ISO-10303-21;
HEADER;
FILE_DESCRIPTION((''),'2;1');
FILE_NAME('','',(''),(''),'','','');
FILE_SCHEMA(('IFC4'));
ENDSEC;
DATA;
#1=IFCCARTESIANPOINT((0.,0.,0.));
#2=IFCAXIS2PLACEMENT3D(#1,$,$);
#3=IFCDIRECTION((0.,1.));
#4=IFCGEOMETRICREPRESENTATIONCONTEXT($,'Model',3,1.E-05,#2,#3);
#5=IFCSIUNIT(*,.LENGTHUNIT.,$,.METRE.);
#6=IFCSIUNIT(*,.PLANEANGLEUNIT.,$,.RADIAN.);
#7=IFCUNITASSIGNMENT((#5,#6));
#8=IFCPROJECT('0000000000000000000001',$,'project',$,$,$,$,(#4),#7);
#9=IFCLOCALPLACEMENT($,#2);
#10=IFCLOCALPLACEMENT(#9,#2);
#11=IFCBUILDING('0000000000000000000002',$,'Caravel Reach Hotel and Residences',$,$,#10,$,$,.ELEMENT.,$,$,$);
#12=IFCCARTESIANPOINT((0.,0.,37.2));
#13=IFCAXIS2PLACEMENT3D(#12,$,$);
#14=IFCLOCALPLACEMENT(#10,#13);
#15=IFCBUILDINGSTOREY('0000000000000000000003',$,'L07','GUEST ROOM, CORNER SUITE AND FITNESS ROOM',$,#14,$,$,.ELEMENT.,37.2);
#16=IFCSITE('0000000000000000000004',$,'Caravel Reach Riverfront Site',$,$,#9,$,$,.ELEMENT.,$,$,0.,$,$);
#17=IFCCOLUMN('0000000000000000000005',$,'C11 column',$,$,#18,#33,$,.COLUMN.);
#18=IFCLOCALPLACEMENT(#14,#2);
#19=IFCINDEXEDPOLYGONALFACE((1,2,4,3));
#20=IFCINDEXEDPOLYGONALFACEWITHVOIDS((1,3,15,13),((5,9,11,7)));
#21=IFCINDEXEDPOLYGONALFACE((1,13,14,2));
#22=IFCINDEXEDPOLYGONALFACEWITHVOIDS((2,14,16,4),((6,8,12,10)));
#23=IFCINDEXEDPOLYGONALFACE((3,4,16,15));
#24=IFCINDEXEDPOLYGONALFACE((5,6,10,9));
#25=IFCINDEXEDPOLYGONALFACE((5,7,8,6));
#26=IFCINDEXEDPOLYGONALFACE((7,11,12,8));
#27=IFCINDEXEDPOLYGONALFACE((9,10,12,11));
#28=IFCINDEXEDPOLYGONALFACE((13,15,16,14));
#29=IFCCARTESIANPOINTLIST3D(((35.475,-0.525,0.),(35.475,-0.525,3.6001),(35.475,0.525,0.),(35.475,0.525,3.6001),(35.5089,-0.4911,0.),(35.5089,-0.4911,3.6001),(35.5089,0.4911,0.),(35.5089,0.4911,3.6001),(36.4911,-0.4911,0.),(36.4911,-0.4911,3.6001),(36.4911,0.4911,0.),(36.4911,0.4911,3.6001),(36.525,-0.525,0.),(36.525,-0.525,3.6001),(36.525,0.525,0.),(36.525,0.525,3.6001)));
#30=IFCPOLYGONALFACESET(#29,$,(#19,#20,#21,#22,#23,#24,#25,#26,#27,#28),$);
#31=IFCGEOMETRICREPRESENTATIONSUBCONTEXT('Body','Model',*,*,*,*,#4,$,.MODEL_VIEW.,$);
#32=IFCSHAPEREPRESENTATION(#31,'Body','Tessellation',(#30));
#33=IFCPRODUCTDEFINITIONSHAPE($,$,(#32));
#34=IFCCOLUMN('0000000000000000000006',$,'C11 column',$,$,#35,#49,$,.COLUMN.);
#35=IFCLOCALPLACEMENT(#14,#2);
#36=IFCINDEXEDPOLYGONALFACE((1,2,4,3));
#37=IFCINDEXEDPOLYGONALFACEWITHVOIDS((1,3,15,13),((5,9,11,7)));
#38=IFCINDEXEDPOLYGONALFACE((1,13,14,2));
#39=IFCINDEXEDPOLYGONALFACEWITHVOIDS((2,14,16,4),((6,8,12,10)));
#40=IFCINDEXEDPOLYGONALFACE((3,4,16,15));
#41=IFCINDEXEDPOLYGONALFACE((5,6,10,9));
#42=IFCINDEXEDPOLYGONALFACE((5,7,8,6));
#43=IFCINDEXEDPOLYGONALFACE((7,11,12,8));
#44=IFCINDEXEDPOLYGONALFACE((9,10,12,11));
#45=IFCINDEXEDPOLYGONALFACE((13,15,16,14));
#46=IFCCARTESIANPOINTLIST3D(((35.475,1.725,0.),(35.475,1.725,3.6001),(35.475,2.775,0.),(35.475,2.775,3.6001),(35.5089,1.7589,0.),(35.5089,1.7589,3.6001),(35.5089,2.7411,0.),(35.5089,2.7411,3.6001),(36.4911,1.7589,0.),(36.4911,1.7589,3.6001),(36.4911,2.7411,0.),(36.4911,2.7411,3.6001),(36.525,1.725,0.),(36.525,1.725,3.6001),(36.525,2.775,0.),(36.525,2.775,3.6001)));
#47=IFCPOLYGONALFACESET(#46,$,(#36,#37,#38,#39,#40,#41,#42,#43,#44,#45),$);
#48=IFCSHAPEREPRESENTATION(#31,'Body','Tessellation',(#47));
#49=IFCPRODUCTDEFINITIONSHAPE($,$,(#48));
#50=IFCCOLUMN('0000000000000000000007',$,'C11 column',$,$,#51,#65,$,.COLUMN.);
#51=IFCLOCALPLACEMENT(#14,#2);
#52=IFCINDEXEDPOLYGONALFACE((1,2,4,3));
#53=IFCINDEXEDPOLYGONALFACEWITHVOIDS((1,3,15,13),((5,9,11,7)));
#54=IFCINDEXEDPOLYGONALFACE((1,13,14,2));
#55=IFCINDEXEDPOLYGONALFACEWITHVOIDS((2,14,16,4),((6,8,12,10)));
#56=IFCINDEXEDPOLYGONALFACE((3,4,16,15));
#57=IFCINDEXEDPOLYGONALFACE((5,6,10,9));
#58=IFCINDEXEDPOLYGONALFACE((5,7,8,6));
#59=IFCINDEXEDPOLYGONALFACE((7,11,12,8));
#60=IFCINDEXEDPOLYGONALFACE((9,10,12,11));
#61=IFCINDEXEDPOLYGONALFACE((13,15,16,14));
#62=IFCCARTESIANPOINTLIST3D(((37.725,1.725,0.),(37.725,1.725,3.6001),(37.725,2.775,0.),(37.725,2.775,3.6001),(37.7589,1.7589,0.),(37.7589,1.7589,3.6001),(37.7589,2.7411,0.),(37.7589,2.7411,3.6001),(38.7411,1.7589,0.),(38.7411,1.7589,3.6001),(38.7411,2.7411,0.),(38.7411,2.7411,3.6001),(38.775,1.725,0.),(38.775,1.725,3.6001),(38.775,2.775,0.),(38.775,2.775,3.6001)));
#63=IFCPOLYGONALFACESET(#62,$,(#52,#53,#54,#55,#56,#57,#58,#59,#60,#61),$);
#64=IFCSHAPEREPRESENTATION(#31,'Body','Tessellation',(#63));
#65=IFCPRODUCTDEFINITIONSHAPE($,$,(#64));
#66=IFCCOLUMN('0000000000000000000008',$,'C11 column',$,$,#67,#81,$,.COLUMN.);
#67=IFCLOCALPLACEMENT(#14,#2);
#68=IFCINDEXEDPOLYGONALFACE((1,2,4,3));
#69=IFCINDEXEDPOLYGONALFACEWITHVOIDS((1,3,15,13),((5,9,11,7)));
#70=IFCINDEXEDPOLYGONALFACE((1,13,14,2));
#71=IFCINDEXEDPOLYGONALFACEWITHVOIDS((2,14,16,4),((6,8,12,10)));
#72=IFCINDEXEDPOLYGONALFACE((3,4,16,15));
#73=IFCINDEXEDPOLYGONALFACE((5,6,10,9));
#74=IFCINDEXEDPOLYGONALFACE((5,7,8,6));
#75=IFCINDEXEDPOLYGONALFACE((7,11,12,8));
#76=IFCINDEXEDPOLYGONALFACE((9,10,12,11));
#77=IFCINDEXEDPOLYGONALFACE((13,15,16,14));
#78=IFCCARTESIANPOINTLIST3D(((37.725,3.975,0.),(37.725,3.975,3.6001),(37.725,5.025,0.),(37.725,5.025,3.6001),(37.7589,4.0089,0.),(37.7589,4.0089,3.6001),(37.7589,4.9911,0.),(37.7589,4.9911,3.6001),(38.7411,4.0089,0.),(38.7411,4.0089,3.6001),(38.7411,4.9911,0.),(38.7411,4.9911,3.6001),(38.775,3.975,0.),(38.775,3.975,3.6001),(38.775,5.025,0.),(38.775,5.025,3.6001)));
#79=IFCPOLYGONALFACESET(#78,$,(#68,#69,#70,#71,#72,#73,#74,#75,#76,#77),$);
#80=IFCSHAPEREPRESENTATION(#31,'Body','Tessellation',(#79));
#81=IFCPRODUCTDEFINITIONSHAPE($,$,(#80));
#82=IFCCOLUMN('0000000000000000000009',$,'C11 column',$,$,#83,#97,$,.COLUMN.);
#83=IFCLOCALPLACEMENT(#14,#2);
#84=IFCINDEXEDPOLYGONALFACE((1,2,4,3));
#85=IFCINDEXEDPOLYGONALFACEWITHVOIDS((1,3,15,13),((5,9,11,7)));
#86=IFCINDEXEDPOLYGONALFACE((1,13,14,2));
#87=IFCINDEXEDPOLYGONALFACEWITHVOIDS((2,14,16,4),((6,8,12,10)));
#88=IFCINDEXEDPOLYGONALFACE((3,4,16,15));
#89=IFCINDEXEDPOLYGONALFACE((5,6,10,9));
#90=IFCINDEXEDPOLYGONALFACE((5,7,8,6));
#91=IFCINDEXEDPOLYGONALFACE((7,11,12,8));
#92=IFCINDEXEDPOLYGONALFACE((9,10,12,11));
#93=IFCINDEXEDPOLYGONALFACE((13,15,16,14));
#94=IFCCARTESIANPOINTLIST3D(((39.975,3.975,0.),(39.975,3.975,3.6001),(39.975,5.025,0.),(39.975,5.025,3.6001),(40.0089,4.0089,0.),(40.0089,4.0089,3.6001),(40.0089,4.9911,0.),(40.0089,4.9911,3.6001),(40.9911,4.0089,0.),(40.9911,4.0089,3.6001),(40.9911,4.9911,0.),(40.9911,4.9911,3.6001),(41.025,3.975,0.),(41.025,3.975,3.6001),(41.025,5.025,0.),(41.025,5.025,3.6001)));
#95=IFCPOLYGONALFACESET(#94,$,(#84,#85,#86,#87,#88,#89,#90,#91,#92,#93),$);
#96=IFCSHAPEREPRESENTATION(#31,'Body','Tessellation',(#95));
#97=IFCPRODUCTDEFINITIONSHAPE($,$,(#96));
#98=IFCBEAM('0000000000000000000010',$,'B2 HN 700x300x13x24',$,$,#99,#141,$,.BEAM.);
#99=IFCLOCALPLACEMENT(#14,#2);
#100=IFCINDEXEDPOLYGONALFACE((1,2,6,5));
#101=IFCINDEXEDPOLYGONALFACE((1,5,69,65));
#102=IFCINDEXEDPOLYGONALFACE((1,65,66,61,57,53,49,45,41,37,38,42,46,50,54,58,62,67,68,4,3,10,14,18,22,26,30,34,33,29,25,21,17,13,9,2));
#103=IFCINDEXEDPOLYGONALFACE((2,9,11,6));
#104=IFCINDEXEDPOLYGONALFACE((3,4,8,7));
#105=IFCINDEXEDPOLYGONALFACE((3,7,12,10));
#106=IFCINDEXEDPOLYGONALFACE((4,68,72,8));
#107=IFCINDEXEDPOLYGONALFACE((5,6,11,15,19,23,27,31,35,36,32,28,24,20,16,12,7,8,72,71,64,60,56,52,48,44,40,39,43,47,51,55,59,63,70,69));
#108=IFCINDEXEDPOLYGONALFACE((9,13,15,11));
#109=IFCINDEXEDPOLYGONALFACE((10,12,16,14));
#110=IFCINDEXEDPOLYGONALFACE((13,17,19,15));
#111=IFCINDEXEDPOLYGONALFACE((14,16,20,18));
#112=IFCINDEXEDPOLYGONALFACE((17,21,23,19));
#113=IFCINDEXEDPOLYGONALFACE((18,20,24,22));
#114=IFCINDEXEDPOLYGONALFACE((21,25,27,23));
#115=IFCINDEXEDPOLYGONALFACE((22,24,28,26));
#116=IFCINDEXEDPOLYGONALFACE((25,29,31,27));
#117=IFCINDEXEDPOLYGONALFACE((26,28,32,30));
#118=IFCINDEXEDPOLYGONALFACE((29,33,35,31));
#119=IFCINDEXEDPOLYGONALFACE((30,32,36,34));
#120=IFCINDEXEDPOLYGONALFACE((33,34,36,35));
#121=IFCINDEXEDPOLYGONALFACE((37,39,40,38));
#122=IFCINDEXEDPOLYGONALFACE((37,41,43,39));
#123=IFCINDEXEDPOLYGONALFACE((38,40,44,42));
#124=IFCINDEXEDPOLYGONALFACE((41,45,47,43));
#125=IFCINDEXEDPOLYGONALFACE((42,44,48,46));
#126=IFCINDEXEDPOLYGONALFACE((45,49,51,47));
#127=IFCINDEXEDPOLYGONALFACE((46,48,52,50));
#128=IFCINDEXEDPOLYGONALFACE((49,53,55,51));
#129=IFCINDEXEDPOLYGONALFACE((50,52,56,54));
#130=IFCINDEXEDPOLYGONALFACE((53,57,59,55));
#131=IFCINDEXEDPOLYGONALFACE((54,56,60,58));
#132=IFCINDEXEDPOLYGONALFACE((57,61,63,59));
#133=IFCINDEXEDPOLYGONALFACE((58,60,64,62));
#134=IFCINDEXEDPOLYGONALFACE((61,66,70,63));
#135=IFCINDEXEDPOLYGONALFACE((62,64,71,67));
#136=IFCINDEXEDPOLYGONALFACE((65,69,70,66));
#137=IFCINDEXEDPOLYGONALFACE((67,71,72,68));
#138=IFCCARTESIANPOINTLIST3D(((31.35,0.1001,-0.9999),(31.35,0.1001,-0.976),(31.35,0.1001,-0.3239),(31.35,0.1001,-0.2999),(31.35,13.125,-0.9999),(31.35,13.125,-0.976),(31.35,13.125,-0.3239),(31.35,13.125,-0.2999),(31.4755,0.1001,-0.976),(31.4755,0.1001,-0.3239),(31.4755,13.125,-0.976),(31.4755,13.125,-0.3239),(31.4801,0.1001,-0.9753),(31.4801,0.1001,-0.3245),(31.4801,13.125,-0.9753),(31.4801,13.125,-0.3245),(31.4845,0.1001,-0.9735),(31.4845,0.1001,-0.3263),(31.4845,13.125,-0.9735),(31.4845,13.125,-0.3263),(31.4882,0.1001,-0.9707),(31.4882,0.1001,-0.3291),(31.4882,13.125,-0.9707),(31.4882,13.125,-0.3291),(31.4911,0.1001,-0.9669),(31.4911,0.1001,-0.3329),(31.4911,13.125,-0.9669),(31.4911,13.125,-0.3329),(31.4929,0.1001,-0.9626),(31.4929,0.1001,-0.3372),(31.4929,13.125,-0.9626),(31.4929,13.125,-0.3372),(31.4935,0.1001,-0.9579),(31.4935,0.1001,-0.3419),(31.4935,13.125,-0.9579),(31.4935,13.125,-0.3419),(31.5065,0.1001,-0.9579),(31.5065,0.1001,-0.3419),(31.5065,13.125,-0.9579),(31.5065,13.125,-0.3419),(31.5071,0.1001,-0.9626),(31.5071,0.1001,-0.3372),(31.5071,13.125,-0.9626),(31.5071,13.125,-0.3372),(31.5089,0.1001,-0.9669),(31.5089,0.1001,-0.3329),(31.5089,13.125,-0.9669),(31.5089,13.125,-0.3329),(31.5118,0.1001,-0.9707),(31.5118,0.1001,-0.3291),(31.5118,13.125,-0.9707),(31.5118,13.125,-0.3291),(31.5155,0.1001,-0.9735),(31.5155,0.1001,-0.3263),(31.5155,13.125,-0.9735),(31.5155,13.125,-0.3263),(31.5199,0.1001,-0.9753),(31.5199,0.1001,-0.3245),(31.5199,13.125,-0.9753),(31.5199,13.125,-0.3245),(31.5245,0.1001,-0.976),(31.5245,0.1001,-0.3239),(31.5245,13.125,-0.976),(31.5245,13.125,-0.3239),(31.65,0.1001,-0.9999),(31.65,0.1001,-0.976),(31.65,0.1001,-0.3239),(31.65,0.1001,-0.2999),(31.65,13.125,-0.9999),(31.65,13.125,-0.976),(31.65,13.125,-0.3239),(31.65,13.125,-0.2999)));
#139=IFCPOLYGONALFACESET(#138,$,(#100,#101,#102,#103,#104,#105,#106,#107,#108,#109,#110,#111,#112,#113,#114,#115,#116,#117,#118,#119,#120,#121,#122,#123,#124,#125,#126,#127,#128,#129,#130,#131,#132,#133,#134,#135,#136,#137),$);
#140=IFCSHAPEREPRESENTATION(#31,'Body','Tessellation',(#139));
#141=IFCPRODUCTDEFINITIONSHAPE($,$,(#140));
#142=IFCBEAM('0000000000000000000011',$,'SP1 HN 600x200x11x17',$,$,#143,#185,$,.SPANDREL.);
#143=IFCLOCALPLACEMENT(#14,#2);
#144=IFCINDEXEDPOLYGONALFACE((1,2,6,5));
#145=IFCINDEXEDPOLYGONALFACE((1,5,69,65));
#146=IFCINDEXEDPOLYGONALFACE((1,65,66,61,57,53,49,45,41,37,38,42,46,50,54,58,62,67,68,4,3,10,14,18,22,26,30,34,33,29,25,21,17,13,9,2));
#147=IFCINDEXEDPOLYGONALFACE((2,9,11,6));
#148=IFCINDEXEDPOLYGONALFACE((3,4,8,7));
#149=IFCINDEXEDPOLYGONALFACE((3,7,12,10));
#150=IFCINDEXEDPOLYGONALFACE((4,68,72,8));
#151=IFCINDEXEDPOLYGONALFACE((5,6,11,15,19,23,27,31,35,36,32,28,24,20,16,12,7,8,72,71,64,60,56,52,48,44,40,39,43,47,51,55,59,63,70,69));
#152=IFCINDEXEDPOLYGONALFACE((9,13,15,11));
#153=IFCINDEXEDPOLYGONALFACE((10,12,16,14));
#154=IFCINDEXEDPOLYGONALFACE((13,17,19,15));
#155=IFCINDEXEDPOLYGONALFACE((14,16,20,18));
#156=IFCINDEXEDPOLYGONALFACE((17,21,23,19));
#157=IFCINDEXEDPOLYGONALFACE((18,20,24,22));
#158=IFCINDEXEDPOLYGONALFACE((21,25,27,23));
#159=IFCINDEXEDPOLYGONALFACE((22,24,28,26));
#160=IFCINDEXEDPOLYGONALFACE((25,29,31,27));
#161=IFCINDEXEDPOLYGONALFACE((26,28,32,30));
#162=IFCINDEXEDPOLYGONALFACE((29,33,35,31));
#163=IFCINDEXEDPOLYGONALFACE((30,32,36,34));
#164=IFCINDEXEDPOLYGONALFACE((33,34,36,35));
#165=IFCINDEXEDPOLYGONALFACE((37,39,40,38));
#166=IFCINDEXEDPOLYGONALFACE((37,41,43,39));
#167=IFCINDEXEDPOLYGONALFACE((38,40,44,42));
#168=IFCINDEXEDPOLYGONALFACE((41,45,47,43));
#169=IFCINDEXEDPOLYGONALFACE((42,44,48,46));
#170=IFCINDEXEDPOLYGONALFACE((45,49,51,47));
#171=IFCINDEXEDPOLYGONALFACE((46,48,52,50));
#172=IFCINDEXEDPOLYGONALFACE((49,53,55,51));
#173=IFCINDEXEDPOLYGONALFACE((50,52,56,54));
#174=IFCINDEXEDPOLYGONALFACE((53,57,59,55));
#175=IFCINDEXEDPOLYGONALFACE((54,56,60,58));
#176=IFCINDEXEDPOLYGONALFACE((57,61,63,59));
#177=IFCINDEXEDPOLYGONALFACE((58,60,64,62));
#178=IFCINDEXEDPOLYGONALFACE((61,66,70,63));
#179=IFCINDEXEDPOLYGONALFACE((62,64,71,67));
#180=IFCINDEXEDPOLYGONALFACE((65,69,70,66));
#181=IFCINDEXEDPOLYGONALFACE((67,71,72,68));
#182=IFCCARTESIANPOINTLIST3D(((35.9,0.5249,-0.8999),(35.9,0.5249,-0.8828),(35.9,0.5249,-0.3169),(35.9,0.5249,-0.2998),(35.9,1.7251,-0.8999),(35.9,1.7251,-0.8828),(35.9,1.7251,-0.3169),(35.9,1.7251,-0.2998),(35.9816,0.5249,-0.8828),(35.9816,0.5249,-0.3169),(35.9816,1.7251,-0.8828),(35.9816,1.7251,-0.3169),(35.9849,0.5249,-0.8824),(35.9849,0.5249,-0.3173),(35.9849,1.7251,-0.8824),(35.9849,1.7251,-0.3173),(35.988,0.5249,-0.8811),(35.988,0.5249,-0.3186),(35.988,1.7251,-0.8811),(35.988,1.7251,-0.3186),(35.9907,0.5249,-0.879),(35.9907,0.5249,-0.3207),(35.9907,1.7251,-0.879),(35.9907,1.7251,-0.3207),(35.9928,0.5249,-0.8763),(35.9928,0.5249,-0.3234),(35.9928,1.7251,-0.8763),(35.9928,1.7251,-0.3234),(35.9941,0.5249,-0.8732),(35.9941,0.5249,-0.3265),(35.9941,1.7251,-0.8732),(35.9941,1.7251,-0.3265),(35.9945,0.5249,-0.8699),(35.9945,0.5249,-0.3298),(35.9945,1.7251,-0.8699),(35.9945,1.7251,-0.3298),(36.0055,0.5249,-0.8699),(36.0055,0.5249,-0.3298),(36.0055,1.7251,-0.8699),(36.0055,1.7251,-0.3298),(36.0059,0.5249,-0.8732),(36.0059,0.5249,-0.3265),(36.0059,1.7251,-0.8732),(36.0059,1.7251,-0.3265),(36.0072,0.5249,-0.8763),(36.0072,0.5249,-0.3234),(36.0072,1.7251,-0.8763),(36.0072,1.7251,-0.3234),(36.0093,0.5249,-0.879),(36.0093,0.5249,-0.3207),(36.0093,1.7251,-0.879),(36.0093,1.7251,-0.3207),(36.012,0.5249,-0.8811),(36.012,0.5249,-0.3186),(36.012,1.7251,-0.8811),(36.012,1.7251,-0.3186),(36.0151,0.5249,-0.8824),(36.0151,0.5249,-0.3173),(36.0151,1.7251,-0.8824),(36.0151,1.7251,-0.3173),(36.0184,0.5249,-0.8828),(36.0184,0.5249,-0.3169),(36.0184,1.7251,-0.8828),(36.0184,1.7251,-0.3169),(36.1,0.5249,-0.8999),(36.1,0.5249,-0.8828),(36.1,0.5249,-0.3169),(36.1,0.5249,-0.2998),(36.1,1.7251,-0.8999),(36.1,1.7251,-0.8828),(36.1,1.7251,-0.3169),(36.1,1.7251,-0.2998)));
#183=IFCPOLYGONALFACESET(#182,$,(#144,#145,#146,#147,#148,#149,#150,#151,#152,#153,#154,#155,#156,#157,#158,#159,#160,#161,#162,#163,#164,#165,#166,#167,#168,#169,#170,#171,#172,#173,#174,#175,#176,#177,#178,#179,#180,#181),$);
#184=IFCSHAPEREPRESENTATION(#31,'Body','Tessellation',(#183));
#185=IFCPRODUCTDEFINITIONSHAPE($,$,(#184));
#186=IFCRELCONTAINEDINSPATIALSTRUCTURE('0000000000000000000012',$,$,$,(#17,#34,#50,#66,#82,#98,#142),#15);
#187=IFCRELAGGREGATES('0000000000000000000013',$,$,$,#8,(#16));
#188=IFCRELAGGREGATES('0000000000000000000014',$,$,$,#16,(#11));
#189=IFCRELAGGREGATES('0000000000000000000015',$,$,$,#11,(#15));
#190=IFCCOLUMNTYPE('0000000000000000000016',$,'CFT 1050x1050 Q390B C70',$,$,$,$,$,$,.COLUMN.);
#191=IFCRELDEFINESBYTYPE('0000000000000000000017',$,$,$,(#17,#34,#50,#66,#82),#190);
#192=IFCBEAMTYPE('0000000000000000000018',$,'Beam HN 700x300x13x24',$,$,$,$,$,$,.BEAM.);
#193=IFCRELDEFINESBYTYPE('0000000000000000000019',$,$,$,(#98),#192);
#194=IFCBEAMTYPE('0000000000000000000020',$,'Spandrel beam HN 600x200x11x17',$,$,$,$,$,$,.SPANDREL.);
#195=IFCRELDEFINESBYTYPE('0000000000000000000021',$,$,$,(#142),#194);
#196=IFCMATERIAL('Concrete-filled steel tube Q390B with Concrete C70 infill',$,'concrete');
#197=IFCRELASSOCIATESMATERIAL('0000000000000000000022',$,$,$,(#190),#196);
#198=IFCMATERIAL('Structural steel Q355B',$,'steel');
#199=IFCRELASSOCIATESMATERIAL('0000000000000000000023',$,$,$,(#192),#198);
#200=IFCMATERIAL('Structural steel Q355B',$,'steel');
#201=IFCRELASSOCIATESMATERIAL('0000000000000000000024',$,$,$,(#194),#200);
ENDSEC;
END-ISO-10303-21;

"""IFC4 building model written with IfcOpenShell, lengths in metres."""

from ifc_helpers import new_model, si_unit, direction, frame, origin, origin_2d, place, context, subcontext, project, spatial, hollow_rectangle, i_section, extrude, material, material_profile, profile_set, type_object, element, save


model = new_model("IFC4")

# Units and contexts
model_context = context("Model", 3, precision=1e-05, world=origin(), true_north=direction((0.0, 1.0)))
body_context = subcontext(model_context, "Body", "Model", "MODEL_VIEW")
ifc_project = project(units=[si_unit("LENGTHUNIT", "METRE"), si_unit("PLANEANGLEUNIT", "RADIAN")], contexts=[model_context])

# Site, building, storey
site_placement = place(None, origin())
site = spatial("IfcSite", under=ifc_project, at=site_placement, Name="Caravel Reach Riverfront Site", CompositionType="ELEMENT", RefElevation=0.0)
building_placement = place(site_placement, origin())
building = spatial("IfcBuilding", under=site, at=building_placement, Name="Caravel Reach Hotel and Residences", CompositionType="ELEMENT")
storey_placement = place(building_placement, frame((0.0, 0.0, 37.2)))
storey = spatial("IfcBuildingStorey", under=building, at=storey_placement, Name="L07", Description="GUEST ROOM, CORNER SUITE AND FITNESS ROOM", CompositionType="ELEMENT", Elevation=37.2)

# Columns
ifc_material_1 = material(Name="Concrete-filled steel tube Q390B with Concrete C70 infill", Category="concrete")
ifc_material_profile_1 = material_profile(ifc_material_1, hollow_rectangle(XDim=1.05, YDim=1.05, WallThickness=0.0339, at=origin_2d()), Name="RHS 1050x1050x34")
ifc_profile_set_1 = profile_set([ifc_material_profile_1], Name="Concrete-filled steel tube Q390B with Concrete C70 infill")
column_type = type_object("IfcColumnType", Name="CFT 1050x1050 Q390B C70", PredefinedType="COLUMN", material=ifc_profile_set_1)
for number, where, z_axis, x_axis, name in (
    (1, (36.0, 0.0, 0.0), (0.0, 0.0, 1.0), (1.0, 0.0, 0.0), "C11 column"),
    (2, (36.0, 2.25, 0.0), (0.0, 0.0, 1.0), (1.0, 0.0, 0.0), "C11 column"),
    (3, (38.25, 2.25, 0.0), (0.0, 0.0, 1.0), (1.0, 0.0, 0.0), "C11 column"),
    (4, (38.25, 4.5, 0.0), (0.0, 0.0, 1.0), (1.0, 0.0, 0.0), "C11 column"),
    (5, (40.5, 4.5, 0.0), (0.0, 0.0, 1.0), (1.0, 0.0, 0.0), "C11 column"),
):
    element("IfcColumn", number, at=place(storey_placement, frame(where, z_axis=z_axis, x_axis=x_axis)), inside=storey, type_object=column_type, Name=name, PredefinedType="COLUMN", context=body_context, shape_type="SweptSolid", body=[
        extrude(hollow_rectangle(XDim=1.05, YDim=1.05, WallThickness=0.0339, at=origin_2d()), origin(), (0.0, 0.0, 1.0), 3.6001),
    ])

# Beams
ifc_material_2 = material(Name="Structural steel Q355B", Category="steel")
ifc_material_profile_2 = material_profile(ifc_material_2, i_section(OverallWidth=0.3, OverallDepth=0.7, WebThickness=0.0129, FlangeThickness=0.0239, FilletRadius=0.0181, at=origin_2d()), Name="HN 700x300x13x24")
ifc_profile_set_2 = profile_set([ifc_material_profile_2], Name="Structural steel Q355B")
beam_type_1 = type_object("IfcBeamType", Name="Beam HN 700x300x13x24", PredefinedType="BEAM", material=ifc_profile_set_2)
beam_1_placement = place(storey_placement, frame((31.5, 13.125, -0.6499), z_axis=(0.0, -1.0, 0.0), x_axis=(1.0, 0.0, 0.0)))
element("IfcBeam", 6, at=beam_1_placement, inside=storey, type_object=beam_type_1, Name="B2 HN 700x300x13x24", PredefinedType="BEAM", context=body_context, shape_type="SweptSolid", body=[
    extrude(i_section(OverallWidth=0.3, OverallDepth=0.7, WebThickness=0.0129, FlangeThickness=0.0239, FilletRadius=0.0181, at=origin_2d()), origin(), (0.0, 0.0, 1.0), 13.0249),
])
ifc_material_3 = material(Name="Structural steel Q355B", Category="steel")
ifc_material_profile_3 = material_profile(ifc_material_3, i_section(OverallWidth=0.2, OverallDepth=0.6001, WebThickness=0.011, FlangeThickness=0.0171, FilletRadius=0.0129, at=origin_2d()), Name="HN 600x200x11x17")
ifc_profile_set_3 = profile_set([ifc_material_profile_3], Name="Structural steel Q355B")
beam_type_2 = type_object("IfcBeamType", Name="Spandrel beam HN 600x200x11x17", PredefinedType="SPANDREL", material=ifc_profile_set_3)
for number, where, z_axis, x_axis, name in (
    (7, (36.0, 0.5249, -0.5999), (0.0, 1.0, 0.0), (-1.0, 0.0, 0.0), "SP1 HN 600x200x11x17"),
):
    element("IfcBeam", number, at=place(storey_placement, frame(where, z_axis=z_axis, x_axis=x_axis)), inside=storey, type_object=beam_type_2, Name=name, PredefinedType="SPANDREL", context=body_context, shape_type="SweptSolid", body=[
        extrude(i_section(OverallWidth=0.2, OverallDepth=0.6001, WebThickness=0.011, FlangeThickness=0.0171, FilletRadius=0.0129, at=origin_2d()), origin(), (0.0, 0.0, 1.0), 1.2002),
    ])

save(model, "model.ifc")
